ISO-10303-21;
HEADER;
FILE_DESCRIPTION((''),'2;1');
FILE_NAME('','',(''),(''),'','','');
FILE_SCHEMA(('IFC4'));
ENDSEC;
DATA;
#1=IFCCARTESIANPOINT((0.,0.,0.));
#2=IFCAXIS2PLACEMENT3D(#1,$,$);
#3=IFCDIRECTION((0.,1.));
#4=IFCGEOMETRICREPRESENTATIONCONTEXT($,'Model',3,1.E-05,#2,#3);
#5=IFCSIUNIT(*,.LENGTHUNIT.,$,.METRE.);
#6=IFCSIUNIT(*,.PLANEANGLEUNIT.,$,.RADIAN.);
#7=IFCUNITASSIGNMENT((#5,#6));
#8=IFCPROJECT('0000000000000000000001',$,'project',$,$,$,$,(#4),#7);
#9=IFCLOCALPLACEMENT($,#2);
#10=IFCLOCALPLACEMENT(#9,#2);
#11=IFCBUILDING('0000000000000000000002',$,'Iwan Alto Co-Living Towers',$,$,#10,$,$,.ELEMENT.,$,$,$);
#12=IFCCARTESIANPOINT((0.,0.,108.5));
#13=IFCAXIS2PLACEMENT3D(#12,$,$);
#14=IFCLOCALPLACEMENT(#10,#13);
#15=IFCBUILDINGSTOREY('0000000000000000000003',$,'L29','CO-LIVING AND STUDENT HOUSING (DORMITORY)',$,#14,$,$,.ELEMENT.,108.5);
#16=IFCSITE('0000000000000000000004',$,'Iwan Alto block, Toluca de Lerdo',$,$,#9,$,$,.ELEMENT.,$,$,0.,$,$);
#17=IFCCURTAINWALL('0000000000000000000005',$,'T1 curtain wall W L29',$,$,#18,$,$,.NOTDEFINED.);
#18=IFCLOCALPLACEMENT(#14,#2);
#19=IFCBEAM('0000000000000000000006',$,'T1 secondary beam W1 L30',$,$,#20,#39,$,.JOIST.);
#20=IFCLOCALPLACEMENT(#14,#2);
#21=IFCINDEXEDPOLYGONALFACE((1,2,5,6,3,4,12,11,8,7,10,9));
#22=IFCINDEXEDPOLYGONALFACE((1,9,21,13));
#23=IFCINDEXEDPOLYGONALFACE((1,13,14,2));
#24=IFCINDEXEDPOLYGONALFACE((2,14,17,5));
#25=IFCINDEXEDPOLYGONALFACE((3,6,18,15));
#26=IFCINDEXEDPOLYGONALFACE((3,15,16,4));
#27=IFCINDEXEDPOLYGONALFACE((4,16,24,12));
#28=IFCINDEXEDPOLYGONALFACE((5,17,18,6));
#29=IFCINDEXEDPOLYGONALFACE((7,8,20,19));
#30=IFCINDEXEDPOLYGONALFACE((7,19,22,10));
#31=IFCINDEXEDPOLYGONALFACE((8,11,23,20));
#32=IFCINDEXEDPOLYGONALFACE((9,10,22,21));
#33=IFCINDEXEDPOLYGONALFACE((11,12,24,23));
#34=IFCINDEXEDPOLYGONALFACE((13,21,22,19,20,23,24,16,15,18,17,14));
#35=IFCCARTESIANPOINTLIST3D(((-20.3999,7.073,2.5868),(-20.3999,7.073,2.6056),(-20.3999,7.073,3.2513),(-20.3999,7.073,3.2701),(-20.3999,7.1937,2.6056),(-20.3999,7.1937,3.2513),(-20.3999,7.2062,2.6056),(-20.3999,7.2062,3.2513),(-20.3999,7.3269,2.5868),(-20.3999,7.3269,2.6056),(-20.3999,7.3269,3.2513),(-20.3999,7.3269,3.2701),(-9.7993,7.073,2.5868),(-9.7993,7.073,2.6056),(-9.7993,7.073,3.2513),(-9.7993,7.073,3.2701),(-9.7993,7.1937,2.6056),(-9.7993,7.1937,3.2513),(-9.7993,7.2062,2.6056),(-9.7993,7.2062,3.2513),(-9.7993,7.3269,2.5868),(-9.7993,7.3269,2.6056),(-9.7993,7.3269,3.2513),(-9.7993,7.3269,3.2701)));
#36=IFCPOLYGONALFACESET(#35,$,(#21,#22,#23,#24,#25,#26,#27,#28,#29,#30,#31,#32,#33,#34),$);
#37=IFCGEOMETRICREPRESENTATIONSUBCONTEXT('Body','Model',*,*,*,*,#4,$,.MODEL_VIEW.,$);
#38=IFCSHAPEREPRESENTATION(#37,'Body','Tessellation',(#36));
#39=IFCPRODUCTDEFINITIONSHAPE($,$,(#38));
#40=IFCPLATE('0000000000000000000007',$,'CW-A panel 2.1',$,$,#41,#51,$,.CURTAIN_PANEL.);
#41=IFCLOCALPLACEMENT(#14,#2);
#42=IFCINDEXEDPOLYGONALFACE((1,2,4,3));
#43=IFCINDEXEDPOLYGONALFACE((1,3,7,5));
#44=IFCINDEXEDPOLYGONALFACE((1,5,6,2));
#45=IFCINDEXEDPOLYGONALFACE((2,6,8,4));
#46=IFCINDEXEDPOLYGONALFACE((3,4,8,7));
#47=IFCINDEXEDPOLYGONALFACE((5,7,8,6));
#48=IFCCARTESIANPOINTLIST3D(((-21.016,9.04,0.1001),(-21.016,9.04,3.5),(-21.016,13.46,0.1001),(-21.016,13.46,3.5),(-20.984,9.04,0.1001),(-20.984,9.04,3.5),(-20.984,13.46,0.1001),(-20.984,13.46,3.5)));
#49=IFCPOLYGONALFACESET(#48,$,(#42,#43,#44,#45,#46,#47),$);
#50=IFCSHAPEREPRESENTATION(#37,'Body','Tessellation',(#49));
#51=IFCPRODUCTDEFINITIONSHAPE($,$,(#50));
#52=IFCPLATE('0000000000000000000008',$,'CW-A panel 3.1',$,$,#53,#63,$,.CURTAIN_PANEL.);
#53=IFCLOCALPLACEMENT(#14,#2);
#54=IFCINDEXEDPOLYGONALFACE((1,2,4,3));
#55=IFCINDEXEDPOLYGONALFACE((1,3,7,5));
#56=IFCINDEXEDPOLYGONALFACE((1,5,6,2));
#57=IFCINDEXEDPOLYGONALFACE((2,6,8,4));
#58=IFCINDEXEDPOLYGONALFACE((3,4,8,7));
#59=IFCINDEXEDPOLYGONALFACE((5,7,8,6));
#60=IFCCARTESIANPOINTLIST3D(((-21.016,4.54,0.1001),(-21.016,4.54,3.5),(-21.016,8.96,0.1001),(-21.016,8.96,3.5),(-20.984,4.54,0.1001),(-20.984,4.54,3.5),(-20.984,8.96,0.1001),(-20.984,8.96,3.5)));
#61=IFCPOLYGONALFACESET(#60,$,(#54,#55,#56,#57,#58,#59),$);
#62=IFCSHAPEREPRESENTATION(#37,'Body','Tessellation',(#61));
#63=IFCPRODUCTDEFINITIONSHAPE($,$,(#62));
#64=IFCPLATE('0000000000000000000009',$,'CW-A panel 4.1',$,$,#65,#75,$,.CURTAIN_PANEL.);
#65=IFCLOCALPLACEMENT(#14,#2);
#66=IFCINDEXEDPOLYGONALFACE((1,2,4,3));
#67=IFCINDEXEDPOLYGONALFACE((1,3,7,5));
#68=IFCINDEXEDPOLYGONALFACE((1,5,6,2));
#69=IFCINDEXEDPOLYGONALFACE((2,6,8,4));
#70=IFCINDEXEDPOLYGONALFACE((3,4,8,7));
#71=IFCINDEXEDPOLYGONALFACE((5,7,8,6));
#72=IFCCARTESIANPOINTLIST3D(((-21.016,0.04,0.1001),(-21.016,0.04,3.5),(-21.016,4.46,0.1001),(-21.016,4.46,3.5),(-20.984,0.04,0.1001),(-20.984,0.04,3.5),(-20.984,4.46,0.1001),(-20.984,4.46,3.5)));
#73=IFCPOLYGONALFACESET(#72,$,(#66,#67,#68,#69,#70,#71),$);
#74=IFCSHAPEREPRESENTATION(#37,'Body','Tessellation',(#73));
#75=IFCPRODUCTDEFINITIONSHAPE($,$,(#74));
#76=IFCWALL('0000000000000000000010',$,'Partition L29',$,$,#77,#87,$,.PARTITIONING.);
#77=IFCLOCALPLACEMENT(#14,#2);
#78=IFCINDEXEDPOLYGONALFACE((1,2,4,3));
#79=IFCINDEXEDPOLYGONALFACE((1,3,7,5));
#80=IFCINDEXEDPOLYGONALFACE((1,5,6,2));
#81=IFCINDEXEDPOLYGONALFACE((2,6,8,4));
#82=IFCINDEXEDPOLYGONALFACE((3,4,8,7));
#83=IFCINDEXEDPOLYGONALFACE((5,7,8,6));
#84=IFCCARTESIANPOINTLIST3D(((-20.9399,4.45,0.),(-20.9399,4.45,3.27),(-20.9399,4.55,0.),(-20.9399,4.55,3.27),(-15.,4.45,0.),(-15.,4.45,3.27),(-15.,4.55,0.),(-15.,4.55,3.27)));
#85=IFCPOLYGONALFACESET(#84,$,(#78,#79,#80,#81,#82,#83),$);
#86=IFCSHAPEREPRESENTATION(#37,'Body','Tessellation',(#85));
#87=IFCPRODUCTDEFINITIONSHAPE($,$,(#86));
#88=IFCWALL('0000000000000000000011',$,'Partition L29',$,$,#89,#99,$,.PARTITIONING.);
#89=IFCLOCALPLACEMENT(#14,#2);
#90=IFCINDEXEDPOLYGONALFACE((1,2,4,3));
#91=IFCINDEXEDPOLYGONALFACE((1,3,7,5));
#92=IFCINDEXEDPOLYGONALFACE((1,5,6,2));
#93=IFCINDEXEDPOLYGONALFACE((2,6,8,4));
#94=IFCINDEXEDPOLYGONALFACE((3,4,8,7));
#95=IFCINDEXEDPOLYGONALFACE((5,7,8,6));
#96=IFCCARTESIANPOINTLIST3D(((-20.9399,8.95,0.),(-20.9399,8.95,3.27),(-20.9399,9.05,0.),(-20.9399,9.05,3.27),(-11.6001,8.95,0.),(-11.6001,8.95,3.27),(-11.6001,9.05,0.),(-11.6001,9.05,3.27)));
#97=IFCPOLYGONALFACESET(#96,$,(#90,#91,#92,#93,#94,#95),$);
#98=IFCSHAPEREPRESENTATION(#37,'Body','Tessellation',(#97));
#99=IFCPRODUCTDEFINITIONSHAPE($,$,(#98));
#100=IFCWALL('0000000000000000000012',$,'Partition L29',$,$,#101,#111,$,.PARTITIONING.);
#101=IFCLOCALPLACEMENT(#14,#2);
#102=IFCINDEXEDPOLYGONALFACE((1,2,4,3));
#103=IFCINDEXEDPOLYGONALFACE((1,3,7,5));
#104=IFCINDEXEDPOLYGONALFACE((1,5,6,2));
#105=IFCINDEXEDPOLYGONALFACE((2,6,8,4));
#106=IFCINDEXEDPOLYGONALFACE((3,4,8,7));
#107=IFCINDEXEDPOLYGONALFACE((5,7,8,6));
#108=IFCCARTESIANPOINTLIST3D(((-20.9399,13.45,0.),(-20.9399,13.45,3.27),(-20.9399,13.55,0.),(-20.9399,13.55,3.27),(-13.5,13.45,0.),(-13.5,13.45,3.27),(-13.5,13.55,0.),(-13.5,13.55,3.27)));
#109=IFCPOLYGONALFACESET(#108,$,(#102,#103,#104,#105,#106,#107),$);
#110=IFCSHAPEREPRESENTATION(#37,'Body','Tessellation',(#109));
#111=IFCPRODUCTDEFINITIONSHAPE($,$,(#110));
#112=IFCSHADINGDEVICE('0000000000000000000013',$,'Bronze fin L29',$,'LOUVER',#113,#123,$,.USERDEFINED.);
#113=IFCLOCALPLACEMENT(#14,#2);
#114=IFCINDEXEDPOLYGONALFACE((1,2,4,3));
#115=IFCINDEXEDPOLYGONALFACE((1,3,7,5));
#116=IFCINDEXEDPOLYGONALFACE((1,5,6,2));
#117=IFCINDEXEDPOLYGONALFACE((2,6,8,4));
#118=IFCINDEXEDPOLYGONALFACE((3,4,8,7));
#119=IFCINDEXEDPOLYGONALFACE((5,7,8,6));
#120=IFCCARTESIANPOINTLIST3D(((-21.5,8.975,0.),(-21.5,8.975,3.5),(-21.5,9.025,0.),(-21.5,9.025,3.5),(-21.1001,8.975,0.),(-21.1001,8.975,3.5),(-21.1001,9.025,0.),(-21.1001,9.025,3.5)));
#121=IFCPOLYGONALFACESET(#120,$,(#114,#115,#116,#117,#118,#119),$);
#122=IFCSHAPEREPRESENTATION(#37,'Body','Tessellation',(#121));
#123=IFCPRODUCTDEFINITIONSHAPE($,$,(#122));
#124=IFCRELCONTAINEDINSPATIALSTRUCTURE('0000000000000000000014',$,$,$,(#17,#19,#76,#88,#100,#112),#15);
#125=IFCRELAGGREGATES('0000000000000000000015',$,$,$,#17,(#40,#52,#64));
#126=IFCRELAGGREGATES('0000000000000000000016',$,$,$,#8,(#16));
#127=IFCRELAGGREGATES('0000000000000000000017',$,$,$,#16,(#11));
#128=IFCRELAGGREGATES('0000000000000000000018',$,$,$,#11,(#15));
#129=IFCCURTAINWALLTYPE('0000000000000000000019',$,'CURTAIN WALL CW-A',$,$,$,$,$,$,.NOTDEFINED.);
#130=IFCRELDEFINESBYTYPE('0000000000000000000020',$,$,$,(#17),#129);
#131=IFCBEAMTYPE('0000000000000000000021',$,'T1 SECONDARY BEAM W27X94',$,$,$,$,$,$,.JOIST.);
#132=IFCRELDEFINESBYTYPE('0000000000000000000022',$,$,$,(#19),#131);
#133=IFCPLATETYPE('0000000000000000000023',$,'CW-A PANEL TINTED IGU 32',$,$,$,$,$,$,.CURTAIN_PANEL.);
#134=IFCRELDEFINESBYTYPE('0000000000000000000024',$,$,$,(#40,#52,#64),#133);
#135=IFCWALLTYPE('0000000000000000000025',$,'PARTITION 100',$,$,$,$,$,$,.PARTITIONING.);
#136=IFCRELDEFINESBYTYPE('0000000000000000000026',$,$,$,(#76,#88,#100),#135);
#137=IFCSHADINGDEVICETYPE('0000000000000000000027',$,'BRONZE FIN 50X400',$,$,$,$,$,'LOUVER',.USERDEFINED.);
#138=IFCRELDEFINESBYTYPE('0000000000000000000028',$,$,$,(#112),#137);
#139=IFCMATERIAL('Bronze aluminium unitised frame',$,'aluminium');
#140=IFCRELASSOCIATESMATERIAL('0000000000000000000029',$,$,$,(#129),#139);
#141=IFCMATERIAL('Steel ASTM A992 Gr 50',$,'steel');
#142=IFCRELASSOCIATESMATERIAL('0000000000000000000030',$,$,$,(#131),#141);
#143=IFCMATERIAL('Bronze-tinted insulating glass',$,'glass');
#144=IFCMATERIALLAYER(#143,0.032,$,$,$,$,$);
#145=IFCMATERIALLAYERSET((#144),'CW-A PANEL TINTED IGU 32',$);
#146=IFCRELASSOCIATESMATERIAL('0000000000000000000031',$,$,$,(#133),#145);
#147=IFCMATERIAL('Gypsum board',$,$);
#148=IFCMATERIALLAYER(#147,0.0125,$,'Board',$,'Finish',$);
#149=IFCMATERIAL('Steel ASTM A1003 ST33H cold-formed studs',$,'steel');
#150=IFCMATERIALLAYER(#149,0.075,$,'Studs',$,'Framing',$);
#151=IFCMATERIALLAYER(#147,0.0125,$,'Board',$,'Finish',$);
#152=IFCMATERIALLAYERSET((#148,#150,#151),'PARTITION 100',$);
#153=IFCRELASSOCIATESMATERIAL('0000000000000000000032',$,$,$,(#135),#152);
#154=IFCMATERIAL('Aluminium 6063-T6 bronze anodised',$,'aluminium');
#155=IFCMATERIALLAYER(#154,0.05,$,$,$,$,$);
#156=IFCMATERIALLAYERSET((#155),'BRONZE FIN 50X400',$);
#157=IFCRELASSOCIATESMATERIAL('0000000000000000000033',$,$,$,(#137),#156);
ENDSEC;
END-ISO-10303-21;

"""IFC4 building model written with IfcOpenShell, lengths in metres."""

from ifc_helpers import new_model, si_unit, direction, frame, frame_2d, origin, origin_2d, place, context, subcontext, project, spatial, rectangle, i_section, extrude, material, layer, layer_set, material_profile, profile_set, type_object, element, aggregate, save


model = new_model("IFC4")

# Units and contexts
model_context = context("Model", 3, precision=1e-05, world=origin(), true_north=direction((0.0, 1.0)))
body_context = subcontext(model_context, "Body", "Model", "MODEL_VIEW")
ifc_project = project(units=[si_unit("LENGTHUNIT", "METRE"), si_unit("PLANEANGLEUNIT", "RADIAN")], contexts=[model_context])

# Site, building, storey
site_placement = place(None, origin())
site = spatial("IfcSite", under=ifc_project, at=site_placement, Name="Iwan Alto block, Toluca de Lerdo", CompositionType="ELEMENT", RefElevation=0.0)
building_placement = place(site_placement, origin())
building = spatial("IfcBuilding", under=site, at=building_placement, Name="Iwan Alto Co-Living Towers", CompositionType="ELEMENT")
storey_placement = place(building_placement, frame((0.0, 0.0, 108.5)))
storey = spatial("IfcBuildingStorey", under=building, at=storey_placement, Name="L29", Description="CO-LIVING AND STUDENT HOUSING (DORMITORY)", CompositionType="ELEMENT", Elevation=108.5)

# Curtain wall
ifc_material_1 = material(Name="Bronze aluminium unitised frame", Category="aluminium")
curtain_wall_type = type_object("IfcCurtainWallType", Name="CURTAIN WALL CW-A", PredefinedType="NOTDEFINED", material=ifc_material_1)
curtain_wall_placement = place(storey_placement, origin())
curtain_wall = element("IfcCurtainWall", 1, at=curtain_wall_placement, inside=storey, type_object=curtain_wall_type, Name="T1 curtain wall W L29", PredefinedType="NOTDEFINED")

# Beam
ifc_material_2 = material(Name="Steel ASTM A992 Gr 50", Category="steel")
ifc_material_profile_1 = material_profile(ifc_material_2, i_section(OverallWidth=0.2539, OverallDepth=0.6833, WebThickness=0.0125, FlangeThickness=0.0188, at=origin_2d()), Name="W27X94")
ifc_profile_set_1 = profile_set([ifc_material_profile_1], Name="Steel ASTM A992 Gr 50")
beam_type_1 = type_object("IfcBeamType", Name="T1 SECONDARY BEAM W27X94", PredefinedType="JOIST", material=ifc_profile_set_1)
beam_1_placement = place(storey_placement, frame((-20.3999, 7.2, 2.9285), z_axis=(1.0, 0.0, 0.0), x_axis=(0.0, 1.0, 0.0)))
element("IfcBeam", 2, at=beam_1_placement, inside=storey, type_object=beam_type_1, Name="T1 secondary beam W1 L30", PredefinedType="JOIST", context=body_context, shape_type="SweptSolid", body=[
    extrude(i_section(OverallWidth=0.2539, OverallDepth=0.6833, WebThickness=0.0125, FlangeThickness=0.0188, at=origin_2d()), origin(), (0.0, 0.0, 1.0), 10.6006),
])

# Plates
ifc_material_3 = material(Name="Bronze-tinted insulating glass", Category="glass")
ifc_layer_1 = layer(ifc_material_3, 0.032)
ifc_layer_set_1 = layer_set([ifc_layer_1], Name="CW-A PANEL TINTED IGU 32")
plate_type = type_object("IfcPlateType", Name="CW-A PANEL TINTED IGU 32", PredefinedType="CURTAIN_PANEL", material=ifc_layer_set_1)
plate_1_placement = place(storey_placement, frame((-21.0, 11.25, 0.1001), z_axis=(0.0, 0.0, 1.0), x_axis=(0.0, -1.0, 0.0)))
plate_1 = element("IfcPlate", 3, at=plate_1_placement, type_object=plate_type, Name="CW-A panel 2.1", PredefinedType="CURTAIN_PANEL", context=body_context, shape_type="SweptSolid", body=[
    extrude(rectangle(XDim=4.4199, YDim=0.032, at=origin_2d()), origin(), (0.0, 0.0, 1.0), 3.3999),
])
plate_2_placement = place(storey_placement, frame((-21.0, 6.75, 0.1001), z_axis=(0.0, 0.0, 1.0), x_axis=(0.0, -1.0, 0.0)))
plate_2 = element("IfcPlate", 4, at=plate_2_placement, type_object=plate_type, Name="CW-A panel 3.1", PredefinedType="CURTAIN_PANEL", context=body_context, shape_type="SweptSolid", body=[
    extrude(rectangle(XDim=4.4199, YDim=0.032, at=origin_2d()), origin(), (0.0, 0.0, 1.0), 3.3999),
])
plate_3_placement = place(storey_placement, frame((-21.0, 2.25, 0.1001), z_axis=(0.0, 0.0, 1.0), x_axis=(0.0, -1.0, 0.0)))
plate_3 = element("IfcPlate", 5, at=plate_3_placement, type_object=plate_type, Name="CW-A panel 4.1", PredefinedType="CURTAIN_PANEL", context=body_context, shape_type="SweptSolid", body=[
    extrude(rectangle(XDim=4.4199, YDim=0.032, at=origin_2d()), origin(), (0.0, 0.0, 1.0), 3.3999),
])
aggregate(curtain_wall, [plate_1, plate_2, plate_3])

# Walls
ifc_material_4 = material(Name="Gypsum board")
ifc_layer_2 = layer(ifc_material_4, 0.0125, Name="Board", Category="Finish")
ifc_material_5 = material(Name="Steel ASTM A1003 ST33H cold-formed studs", Category="steel")
ifc_layer_3 = layer(ifc_material_5, 0.075, Name="Studs", Category="Framing")
ifc_layer_4 = layer(ifc_material_4, 0.0125, Name="Board", Category="Finish")
ifc_layer_set_2 = layer_set([ifc_layer_2, ifc_layer_3, ifc_layer_4], Name="PARTITION 100")
wall_type = type_object("IfcWallType", Name="PARTITION 100", PredefinedType="PARTITIONING", material=ifc_layer_set_2)
wall_1_placement = place(storey_placement, frame((-20.9399, 4.5, 0.0), z_axis=(0.0, 0.0, 1.0), x_axis=(1.0, 0.0, 0.0)))
element("IfcWall", 6, at=wall_1_placement, inside=storey, type_object=wall_type, Name="Partition L29", PredefinedType="PARTITIONING", context=body_context, shape_type="SweptSolid", body=[
    extrude(rectangle(XDim=5.9399, YDim=0.1001, at=frame_2d((2.97, 0.0))), origin(), (0.0, 0.0, 1.0), 3.27),
])
wall_2_placement = place(storey_placement, frame((-20.9399, 9.0, 0.0), z_axis=(0.0, 0.0, 1.0), x_axis=(1.0, 0.0, 0.0)))
element("IfcWall", 7, at=wall_2_placement, inside=storey, type_object=wall_type, Name="Partition L29", PredefinedType="PARTITIONING", context=body_context, shape_type="SweptSolid", body=[
    extrude(rectangle(XDim=9.3398, YDim=0.1001, at=frame_2d((4.6699, 0.0))), origin(), (0.0, 0.0, 1.0), 3.27),
])
wall_3_placement = place(storey_placement, frame((-20.9399, 13.5, 0.0), z_axis=(0.0, 0.0, 1.0), x_axis=(1.0, 0.0, 0.0)))
element("IfcWall", 8, at=wall_3_placement, inside=storey, type_object=wall_type, Name="Partition L29", PredefinedType="PARTITIONING", context=body_context, shape_type="SweptSolid", body=[
    extrude(rectangle(XDim=7.4399, YDim=0.1001, at=frame_2d((3.72, 0.0))), origin(), (0.0, 0.0, 1.0), 3.27),
])

# Shading device
ifc_material_6 = material(Name="Aluminium 6063-T6 bronze anodised", Category="aluminium")
ifc_layer_5 = layer(ifc_material_6, 0.05)
ifc_layer_set_3 = layer_set([ifc_layer_5], Name="BRONZE FIN 50X400")
shading_device_type = type_object("IfcShadingDeviceType", Name="BRONZE FIN 50X400", ElementType="LOUVER", PredefinedType="USERDEFINED", material=ifc_layer_set_3)
shading_device_placement = place(storey_placement, frame((-21.3, 9.0, 0.0), z_axis=(0.0, 0.0, 1.0), x_axis=(0.0, -1.0, 0.0)))
element("IfcShadingDevice", 9, at=shading_device_placement, inside=storey, type_object=shading_device_type, Name="Bronze fin L29", ObjectType="LOUVER", PredefinedType="USERDEFINED", context=body_context, shape_type="SweptSolid", body=[
    extrude(rectangle(XDim=0.05, YDim=0.3999, at=origin_2d()), origin(), (0.0, 0.0, 1.0), 3.5),
])

save(model, "model.ifc")
